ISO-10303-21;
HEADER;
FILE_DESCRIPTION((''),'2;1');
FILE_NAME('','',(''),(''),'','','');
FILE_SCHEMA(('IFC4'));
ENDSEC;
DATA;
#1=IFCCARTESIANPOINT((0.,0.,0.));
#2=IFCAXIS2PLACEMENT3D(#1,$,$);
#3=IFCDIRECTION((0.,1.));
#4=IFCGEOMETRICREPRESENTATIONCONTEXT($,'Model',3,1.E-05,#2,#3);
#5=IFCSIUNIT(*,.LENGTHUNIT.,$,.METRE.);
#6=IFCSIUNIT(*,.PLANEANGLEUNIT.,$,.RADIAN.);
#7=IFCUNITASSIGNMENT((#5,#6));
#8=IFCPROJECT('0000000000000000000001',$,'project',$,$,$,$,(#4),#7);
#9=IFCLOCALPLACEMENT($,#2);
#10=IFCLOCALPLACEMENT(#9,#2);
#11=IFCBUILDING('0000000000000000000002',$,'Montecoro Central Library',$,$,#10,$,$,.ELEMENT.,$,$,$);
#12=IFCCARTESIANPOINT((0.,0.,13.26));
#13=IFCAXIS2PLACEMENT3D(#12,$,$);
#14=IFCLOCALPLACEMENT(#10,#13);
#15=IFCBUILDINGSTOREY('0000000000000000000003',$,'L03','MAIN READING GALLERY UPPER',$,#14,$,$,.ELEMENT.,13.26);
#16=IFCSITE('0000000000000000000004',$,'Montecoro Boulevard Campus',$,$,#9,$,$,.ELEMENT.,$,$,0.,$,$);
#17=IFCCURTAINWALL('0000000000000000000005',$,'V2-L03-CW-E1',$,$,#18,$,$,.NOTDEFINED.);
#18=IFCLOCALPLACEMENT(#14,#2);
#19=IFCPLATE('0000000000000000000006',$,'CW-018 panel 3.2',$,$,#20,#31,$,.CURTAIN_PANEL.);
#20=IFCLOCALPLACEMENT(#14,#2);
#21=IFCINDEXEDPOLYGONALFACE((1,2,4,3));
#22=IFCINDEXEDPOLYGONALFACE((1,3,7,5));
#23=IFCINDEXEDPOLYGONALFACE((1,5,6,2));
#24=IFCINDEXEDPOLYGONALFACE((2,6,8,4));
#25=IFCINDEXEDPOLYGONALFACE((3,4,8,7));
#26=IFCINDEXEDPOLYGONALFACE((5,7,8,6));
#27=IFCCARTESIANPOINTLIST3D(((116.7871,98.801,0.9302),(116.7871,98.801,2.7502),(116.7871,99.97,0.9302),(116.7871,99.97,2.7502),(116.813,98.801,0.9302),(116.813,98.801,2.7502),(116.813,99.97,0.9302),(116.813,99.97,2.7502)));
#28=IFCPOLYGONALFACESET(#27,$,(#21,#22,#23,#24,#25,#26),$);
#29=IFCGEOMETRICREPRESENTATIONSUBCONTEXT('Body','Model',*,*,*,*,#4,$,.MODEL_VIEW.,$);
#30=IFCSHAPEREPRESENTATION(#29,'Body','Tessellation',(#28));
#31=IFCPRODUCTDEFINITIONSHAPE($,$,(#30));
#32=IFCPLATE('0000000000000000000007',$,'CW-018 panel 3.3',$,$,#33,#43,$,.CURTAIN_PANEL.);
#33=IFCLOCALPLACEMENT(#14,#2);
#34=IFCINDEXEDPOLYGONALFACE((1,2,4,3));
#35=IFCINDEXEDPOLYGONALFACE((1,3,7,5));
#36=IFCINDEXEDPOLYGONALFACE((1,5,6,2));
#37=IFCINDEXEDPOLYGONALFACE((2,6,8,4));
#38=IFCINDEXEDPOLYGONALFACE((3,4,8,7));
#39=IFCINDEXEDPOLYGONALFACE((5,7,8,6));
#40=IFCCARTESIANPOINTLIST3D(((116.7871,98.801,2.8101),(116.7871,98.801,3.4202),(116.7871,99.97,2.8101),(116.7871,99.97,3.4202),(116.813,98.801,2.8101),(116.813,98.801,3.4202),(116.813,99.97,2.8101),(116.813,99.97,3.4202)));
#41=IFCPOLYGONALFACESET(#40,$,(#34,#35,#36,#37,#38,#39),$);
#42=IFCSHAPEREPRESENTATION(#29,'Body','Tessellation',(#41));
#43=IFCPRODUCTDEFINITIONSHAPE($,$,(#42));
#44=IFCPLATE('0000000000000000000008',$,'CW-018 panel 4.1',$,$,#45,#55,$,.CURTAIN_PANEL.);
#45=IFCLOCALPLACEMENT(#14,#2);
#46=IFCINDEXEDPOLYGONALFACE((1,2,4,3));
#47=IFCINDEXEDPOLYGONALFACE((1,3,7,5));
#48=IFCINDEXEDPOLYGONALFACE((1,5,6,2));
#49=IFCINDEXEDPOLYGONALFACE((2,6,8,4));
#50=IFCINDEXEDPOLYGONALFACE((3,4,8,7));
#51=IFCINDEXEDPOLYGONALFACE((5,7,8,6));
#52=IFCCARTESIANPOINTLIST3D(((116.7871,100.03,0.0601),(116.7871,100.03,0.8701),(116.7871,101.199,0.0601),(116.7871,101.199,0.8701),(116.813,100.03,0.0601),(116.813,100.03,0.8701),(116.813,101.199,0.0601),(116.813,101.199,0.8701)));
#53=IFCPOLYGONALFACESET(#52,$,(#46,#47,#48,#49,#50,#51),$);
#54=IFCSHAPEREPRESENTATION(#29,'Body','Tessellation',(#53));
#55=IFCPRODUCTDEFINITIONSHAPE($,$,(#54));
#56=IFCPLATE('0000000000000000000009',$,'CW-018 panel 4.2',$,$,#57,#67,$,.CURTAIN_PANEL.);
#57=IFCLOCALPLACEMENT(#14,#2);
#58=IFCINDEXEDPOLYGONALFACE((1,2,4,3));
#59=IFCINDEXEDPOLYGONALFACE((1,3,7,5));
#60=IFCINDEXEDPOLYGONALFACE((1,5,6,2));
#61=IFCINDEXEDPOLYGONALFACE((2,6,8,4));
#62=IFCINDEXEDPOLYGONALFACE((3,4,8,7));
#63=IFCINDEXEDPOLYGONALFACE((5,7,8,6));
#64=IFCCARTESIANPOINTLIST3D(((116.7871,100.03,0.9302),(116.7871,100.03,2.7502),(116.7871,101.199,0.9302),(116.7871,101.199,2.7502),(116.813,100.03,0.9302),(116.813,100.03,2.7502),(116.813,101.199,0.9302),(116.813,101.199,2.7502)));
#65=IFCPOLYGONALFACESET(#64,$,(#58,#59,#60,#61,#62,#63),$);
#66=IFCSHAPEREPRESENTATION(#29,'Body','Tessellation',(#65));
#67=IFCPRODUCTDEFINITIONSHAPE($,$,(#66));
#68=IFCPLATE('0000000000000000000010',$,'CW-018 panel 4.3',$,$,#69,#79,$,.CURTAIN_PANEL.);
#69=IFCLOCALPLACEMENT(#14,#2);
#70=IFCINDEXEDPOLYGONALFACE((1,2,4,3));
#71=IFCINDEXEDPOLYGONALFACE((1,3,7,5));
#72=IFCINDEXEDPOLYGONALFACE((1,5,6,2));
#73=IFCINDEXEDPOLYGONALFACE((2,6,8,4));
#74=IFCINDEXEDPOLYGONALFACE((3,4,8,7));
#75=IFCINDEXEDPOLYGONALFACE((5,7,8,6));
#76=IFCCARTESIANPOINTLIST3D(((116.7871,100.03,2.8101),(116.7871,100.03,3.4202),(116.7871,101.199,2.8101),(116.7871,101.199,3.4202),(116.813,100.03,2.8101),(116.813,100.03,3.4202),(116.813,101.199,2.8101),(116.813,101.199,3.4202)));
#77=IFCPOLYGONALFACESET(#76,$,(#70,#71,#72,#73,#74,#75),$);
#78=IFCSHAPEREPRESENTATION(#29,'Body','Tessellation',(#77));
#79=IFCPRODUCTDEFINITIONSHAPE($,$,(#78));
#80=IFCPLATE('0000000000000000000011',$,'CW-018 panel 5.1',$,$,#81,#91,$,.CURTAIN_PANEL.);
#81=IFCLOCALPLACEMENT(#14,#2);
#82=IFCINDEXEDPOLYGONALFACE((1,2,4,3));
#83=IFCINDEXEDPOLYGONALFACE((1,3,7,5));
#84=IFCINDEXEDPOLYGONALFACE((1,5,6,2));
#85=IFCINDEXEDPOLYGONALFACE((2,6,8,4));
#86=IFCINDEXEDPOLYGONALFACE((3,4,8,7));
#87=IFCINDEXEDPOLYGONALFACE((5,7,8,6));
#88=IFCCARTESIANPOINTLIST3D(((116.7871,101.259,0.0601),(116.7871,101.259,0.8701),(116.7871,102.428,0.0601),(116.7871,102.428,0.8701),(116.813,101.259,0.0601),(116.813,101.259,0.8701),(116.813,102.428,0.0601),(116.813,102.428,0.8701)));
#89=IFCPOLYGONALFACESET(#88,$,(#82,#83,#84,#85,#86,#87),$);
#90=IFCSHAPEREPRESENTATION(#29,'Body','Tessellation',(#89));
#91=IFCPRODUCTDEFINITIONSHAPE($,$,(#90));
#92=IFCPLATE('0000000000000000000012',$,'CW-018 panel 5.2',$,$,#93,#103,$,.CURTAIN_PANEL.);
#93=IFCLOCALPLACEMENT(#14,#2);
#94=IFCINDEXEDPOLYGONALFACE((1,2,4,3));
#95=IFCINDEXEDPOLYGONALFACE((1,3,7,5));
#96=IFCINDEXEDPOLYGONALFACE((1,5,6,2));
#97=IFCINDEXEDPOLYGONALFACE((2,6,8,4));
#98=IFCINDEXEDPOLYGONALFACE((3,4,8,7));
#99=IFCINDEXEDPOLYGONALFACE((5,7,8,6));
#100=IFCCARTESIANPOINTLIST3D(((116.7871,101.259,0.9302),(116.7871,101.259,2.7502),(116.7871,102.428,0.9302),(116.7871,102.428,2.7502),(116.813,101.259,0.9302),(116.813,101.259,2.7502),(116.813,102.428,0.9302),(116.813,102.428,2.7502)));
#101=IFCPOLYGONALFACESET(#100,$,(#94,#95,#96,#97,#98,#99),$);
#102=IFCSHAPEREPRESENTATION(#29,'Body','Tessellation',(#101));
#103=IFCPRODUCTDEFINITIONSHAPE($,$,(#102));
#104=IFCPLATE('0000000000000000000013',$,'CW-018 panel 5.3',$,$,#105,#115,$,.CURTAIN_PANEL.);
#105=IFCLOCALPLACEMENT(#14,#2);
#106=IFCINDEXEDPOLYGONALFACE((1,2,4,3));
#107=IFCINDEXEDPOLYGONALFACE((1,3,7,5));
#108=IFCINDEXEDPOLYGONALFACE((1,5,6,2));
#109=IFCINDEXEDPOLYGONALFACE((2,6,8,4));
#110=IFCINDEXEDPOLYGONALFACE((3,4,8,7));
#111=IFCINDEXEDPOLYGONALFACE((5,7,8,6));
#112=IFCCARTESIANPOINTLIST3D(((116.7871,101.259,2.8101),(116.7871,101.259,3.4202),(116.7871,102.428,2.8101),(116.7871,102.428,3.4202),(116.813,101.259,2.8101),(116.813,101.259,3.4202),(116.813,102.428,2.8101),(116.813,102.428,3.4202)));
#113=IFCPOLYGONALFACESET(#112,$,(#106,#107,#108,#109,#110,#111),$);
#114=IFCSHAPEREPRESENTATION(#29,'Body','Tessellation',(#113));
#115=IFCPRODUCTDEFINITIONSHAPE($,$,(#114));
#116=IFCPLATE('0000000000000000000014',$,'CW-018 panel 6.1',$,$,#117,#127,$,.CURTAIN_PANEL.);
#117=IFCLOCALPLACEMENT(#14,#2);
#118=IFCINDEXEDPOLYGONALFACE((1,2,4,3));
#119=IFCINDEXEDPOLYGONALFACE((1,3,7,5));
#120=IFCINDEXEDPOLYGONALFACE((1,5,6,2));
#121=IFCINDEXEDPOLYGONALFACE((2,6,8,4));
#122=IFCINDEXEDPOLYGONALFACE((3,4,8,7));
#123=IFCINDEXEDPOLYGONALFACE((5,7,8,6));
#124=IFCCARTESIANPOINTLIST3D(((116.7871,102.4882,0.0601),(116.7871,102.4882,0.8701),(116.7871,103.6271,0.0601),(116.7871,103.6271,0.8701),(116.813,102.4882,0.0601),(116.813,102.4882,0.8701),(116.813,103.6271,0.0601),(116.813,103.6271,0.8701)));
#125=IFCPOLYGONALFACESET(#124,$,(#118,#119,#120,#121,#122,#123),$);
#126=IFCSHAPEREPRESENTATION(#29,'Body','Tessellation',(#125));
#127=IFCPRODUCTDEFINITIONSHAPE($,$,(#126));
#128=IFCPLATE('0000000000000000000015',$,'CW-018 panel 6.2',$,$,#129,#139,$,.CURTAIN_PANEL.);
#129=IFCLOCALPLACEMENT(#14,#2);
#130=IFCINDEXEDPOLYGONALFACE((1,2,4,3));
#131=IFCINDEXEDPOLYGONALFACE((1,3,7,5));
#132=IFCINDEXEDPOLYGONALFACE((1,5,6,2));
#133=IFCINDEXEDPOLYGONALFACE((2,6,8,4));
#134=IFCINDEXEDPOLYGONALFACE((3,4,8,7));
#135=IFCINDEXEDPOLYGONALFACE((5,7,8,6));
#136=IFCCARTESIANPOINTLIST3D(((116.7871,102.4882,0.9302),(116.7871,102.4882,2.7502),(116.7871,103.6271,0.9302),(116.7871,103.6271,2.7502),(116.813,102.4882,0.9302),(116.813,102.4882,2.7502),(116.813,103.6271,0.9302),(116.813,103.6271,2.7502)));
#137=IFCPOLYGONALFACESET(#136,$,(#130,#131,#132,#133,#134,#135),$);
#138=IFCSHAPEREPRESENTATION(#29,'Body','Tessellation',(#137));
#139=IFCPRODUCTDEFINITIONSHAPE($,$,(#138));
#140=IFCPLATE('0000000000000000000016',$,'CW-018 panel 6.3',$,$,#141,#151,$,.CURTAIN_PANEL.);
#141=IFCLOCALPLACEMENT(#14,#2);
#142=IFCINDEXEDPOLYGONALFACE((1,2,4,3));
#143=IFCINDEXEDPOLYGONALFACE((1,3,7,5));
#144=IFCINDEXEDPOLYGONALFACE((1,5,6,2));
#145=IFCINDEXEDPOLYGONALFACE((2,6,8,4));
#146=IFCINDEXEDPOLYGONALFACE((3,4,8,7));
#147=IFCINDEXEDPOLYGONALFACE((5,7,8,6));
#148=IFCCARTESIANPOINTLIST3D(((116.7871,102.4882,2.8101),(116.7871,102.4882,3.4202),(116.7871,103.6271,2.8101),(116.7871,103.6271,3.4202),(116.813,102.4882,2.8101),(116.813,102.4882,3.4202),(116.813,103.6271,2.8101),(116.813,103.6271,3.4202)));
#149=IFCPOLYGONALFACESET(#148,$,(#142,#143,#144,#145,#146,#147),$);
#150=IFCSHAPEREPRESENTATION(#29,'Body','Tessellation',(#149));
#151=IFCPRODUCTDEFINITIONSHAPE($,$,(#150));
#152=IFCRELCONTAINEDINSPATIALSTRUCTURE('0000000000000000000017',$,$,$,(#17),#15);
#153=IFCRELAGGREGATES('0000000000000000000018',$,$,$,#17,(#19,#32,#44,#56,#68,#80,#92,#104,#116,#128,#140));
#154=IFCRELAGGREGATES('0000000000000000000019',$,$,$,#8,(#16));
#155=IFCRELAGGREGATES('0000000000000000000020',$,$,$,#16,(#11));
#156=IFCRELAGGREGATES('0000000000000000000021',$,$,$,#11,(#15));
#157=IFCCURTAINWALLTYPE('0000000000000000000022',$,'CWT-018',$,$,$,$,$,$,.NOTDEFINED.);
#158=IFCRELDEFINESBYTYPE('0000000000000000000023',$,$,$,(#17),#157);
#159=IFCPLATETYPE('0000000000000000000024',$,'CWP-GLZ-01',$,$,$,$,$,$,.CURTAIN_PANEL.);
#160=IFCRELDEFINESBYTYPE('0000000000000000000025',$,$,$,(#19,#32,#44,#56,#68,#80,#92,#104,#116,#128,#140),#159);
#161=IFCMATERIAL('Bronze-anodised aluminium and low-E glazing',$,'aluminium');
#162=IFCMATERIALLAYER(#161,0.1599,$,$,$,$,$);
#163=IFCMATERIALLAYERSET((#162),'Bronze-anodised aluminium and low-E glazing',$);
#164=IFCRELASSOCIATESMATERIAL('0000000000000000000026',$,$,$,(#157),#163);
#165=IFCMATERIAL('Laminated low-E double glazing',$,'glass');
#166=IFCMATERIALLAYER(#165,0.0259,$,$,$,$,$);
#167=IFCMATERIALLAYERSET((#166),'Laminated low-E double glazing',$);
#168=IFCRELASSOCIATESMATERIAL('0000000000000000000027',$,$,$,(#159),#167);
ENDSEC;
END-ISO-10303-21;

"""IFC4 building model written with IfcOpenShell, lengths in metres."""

from ifc_helpers import new_model, si_unit, direction, frame, origin, origin_2d, place, context, subcontext, project, spatial, rectangle, extrude, material, layer, layer_set, type_object, element, aggregate, save


model = new_model("IFC4")

# Units and contexts
model_context = context("Model", 3, precision=1e-05, world=origin(), true_north=direction((0.0, 1.0)))
body_context = subcontext(model_context, "Body", "Model", "MODEL_VIEW")
ifc_project = project(units=[si_unit("LENGTHUNIT", "METRE"), si_unit("PLANEANGLEUNIT", "RADIAN")], contexts=[model_context])

# Site, building, storey
site_placement = place(None, origin())
site = spatial("IfcSite", under=ifc_project, at=site_placement, Name="Montecoro Boulevard Campus", CompositionType="ELEMENT", RefElevation=0.0)
building_placement = place(site_placement, origin())
building = spatial("IfcBuilding", under=site, at=building_placement, Name="Montecoro Central Library", CompositionType="ELEMENT")
storey_placement = place(building_placement, frame((0.0, 0.0, 13.26)))
storey = spatial("IfcBuildingStorey", under=building, at=storey_placement, Name="L03", Description="MAIN READING GALLERY UPPER", CompositionType="ELEMENT", Elevation=13.26)

# Curtain wall, plates
ifc_material_1 = material(Name="Bronze-anodised aluminium and low-E glazing", Category="aluminium")
ifc_layer_1 = layer(ifc_material_1, 0.1599)
ifc_layer_set_1 = layer_set([ifc_layer_1], Name="Bronze-anodised aluminium and low-E glazing")
curtain_wall_type = type_object("IfcCurtainWallType", Name="CWT-018", PredefinedType="NOTDEFINED", material=ifc_layer_set_1)
curtain_wall_placement = place(storey_placement, origin())
curtain_wall = element("IfcCurtainWall", 1, at=curtain_wall_placement, inside=storey, type_object=curtain_wall_type, Name="V2-L03-CW-E1", PredefinedType="NOTDEFINED")
ifc_material_2 = material(Name="Laminated low-E double glazing", Category="glass")
ifc_layer_2 = layer(ifc_material_2, 0.0259)
ifc_layer_set_2 = layer_set([ifc_layer_2], Name="Laminated low-E double glazing")
plate_type = type_object("IfcPlateType", Name="CWP-GLZ-01", PredefinedType="CURTAIN_PANEL", material=ifc_layer_set_2)
plate_1_placement = place(storey_placement, frame((116.8, 99.3855, 0.9302), z_axis=(0.0, 0.0, 1.0), x_axis=(0.0, 1.0, 0.0)))
plate_1 = element("IfcPlate", 2, at=plate_1_placement, type_object=plate_type, Name="CW-018 panel 3.2", PredefinedType="CURTAIN_PANEL", context=body_context, shape_type="SweptSolid", body=[
    extrude(rectangle(XDim=1.1689, YDim=0.0259, at=origin_2d()), origin(), (0.0, 0.0, 1.0), 1.8201),
])
plate_2_placement = place(storey_placement, frame((116.8, 99.3855, 2.8101), z_axis=(0.0, 0.0, 1.0), x_axis=(0.0, 1.0, 0.0)))
plate_2 = element("IfcPlate", 3, at=plate_2_placement, type_object=plate_type, Name="CW-018 panel 3.3", PredefinedType="CURTAIN_PANEL", context=body_context, shape_type="SweptSolid", body=[
    extrude(rectangle(XDim=1.1689, YDim=0.0259, at=origin_2d()), origin(), (0.0, 0.0, 1.0), 0.6101),
])
plate_3_placement = place(storey_placement, frame((116.8, 100.6145, 0.0601), z_axis=(0.0, 0.0, 1.0), x_axis=(0.0, 1.0, 0.0)))
plate_3 = element("IfcPlate", 4, at=plate_3_placement, type_object=plate_type, Name="CW-018 panel 4.1", PredefinedType="CURTAIN_PANEL", context=body_context, shape_type="SweptSolid", body=[
    extrude(rectangle(XDim=1.1689, YDim=0.0259, at=origin_2d()), origin(), (0.0, 0.0, 1.0), 0.8101),
])
plate_4_placement = place(storey_placement, frame((116.8, 100.6145, 0.9302), z_axis=(0.0, 0.0, 1.0), x_axis=(0.0, 1.0, 0.0)))
plate_4 = element("IfcPlate", 5, at=plate_4_placement, type_object=plate_type, Name="CW-018 panel 4.2", PredefinedType="CURTAIN_PANEL", context=body_context, shape_type="SweptSolid", body=[
    extrude(rectangle(XDim=1.1689, YDim=0.0259, at=origin_2d()), origin(), (0.0, 0.0, 1.0), 1.8201),
])
plate_5_placement = place(storey_placement, frame((116.8, 100.6145, 2.8101), z_axis=(0.0, 0.0, 1.0), x_axis=(0.0, 1.0, 0.0)))
plate_5 = element("IfcPlate", 6, at=plate_5_placement, type_object=plate_type, Name="CW-018 panel 4.3", PredefinedType="CURTAIN_PANEL", context=body_context, shape_type="SweptSolid", body=[
    extrude(rectangle(XDim=1.1689, YDim=0.0259, at=origin_2d()), origin(), (0.0, 0.0, 1.0), 0.6101),
])
plate_6_placement = place(storey_placement, frame((116.8, 101.8435, 0.0601), z_axis=(0.0, 0.0, 1.0), x_axis=(0.0, 1.0, 0.0)))
plate_6 = element("IfcPlate", 7, at=plate_6_placement, type_object=plate_type, Name="CW-018 panel 5.1", PredefinedType="CURTAIN_PANEL", context=body_context, shape_type="SweptSolid", body=[
    extrude(rectangle(XDim=1.1689, YDim=0.0259, at=origin_2d()), origin(), (0.0, 0.0, 1.0), 0.8101),
])
plate_7_placement = place(storey_placement, frame((116.8, 101.8435, 0.9302), z_axis=(0.0, 0.0, 1.0), x_axis=(0.0, 1.0, 0.0)))
plate_7 = element("IfcPlate", 8, at=plate_7_placement, type_object=plate_type, Name="CW-018 panel 5.2", PredefinedType="CURTAIN_PANEL", context=body_context, shape_type="SweptSolid", body=[
    extrude(rectangle(XDim=1.1689, YDim=0.0259, at=origin_2d()), origin(), (0.0, 0.0, 1.0), 1.8201),
])
plate_8_placement = place(storey_placement, frame((116.8, 101.8435, 2.8101), z_axis=(0.0, 0.0, 1.0), x_axis=(0.0, 1.0, 0.0)))
plate_8 = element("IfcPlate", 9, at=plate_8_placement, type_object=plate_type, Name="CW-018 panel 5.3", PredefinedType="CURTAIN_PANEL", context=body_context, shape_type="SweptSolid", body=[
    extrude(rectangle(XDim=1.1689, YDim=0.0259, at=origin_2d()), origin(), (0.0, 0.0, 1.0), 0.6101),
])
plate_9_placement = place(storey_placement, frame((116.8, 103.0576, 0.0601), z_axis=(0.0, 0.0, 1.0), x_axis=(0.0, 1.0, 0.0)))
plate_9 = element("IfcPlate", 10, at=plate_9_placement, type_object=plate_type, Name="CW-018 panel 6.1", PredefinedType="CURTAIN_PANEL", context=body_context, shape_type="SweptSolid", body=[
    extrude(rectangle(XDim=1.1389, YDim=0.0259, at=origin_2d()), origin(), (0.0, 0.0, 1.0), 0.8101),
])
plate_10_placement = place(storey_placement, frame((116.8, 103.0576, 0.9302), z_axis=(0.0, 0.0, 1.0), x_axis=(0.0, 1.0, 0.0)))
plate_10 = element("IfcPlate", 11, at=plate_10_placement, type_object=plate_type, Name="CW-018 panel 6.2", PredefinedType="CURTAIN_PANEL", context=body_context, shape_type="SweptSolid", body=[
    extrude(rectangle(XDim=1.1389, YDim=0.0259, at=origin_2d()), origin(), (0.0, 0.0, 1.0), 1.8201),
])
plate_11_placement = place(storey_placement, frame((116.8, 103.0576, 2.8101), z_axis=(0.0, 0.0, 1.0), x_axis=(0.0, 1.0, 0.0)))
plate_11 = element("IfcPlate", 12, at=plate_11_placement, type_object=plate_type, Name="CW-018 panel 6.3", PredefinedType="CURTAIN_PANEL", context=body_context, shape_type="SweptSolid", body=[
    extrude(rectangle(XDim=1.1389, YDim=0.0259, at=origin_2d()), origin(), (0.0, 0.0, 1.0), 0.6101),
])
aggregate(curtain_wall, [plate_1, plate_2, plate_3, plate_4, plate_5, plate_6, plate_7, plate_8, plate_9, plate_10, plate_11])

save(model, "model.ifc")
